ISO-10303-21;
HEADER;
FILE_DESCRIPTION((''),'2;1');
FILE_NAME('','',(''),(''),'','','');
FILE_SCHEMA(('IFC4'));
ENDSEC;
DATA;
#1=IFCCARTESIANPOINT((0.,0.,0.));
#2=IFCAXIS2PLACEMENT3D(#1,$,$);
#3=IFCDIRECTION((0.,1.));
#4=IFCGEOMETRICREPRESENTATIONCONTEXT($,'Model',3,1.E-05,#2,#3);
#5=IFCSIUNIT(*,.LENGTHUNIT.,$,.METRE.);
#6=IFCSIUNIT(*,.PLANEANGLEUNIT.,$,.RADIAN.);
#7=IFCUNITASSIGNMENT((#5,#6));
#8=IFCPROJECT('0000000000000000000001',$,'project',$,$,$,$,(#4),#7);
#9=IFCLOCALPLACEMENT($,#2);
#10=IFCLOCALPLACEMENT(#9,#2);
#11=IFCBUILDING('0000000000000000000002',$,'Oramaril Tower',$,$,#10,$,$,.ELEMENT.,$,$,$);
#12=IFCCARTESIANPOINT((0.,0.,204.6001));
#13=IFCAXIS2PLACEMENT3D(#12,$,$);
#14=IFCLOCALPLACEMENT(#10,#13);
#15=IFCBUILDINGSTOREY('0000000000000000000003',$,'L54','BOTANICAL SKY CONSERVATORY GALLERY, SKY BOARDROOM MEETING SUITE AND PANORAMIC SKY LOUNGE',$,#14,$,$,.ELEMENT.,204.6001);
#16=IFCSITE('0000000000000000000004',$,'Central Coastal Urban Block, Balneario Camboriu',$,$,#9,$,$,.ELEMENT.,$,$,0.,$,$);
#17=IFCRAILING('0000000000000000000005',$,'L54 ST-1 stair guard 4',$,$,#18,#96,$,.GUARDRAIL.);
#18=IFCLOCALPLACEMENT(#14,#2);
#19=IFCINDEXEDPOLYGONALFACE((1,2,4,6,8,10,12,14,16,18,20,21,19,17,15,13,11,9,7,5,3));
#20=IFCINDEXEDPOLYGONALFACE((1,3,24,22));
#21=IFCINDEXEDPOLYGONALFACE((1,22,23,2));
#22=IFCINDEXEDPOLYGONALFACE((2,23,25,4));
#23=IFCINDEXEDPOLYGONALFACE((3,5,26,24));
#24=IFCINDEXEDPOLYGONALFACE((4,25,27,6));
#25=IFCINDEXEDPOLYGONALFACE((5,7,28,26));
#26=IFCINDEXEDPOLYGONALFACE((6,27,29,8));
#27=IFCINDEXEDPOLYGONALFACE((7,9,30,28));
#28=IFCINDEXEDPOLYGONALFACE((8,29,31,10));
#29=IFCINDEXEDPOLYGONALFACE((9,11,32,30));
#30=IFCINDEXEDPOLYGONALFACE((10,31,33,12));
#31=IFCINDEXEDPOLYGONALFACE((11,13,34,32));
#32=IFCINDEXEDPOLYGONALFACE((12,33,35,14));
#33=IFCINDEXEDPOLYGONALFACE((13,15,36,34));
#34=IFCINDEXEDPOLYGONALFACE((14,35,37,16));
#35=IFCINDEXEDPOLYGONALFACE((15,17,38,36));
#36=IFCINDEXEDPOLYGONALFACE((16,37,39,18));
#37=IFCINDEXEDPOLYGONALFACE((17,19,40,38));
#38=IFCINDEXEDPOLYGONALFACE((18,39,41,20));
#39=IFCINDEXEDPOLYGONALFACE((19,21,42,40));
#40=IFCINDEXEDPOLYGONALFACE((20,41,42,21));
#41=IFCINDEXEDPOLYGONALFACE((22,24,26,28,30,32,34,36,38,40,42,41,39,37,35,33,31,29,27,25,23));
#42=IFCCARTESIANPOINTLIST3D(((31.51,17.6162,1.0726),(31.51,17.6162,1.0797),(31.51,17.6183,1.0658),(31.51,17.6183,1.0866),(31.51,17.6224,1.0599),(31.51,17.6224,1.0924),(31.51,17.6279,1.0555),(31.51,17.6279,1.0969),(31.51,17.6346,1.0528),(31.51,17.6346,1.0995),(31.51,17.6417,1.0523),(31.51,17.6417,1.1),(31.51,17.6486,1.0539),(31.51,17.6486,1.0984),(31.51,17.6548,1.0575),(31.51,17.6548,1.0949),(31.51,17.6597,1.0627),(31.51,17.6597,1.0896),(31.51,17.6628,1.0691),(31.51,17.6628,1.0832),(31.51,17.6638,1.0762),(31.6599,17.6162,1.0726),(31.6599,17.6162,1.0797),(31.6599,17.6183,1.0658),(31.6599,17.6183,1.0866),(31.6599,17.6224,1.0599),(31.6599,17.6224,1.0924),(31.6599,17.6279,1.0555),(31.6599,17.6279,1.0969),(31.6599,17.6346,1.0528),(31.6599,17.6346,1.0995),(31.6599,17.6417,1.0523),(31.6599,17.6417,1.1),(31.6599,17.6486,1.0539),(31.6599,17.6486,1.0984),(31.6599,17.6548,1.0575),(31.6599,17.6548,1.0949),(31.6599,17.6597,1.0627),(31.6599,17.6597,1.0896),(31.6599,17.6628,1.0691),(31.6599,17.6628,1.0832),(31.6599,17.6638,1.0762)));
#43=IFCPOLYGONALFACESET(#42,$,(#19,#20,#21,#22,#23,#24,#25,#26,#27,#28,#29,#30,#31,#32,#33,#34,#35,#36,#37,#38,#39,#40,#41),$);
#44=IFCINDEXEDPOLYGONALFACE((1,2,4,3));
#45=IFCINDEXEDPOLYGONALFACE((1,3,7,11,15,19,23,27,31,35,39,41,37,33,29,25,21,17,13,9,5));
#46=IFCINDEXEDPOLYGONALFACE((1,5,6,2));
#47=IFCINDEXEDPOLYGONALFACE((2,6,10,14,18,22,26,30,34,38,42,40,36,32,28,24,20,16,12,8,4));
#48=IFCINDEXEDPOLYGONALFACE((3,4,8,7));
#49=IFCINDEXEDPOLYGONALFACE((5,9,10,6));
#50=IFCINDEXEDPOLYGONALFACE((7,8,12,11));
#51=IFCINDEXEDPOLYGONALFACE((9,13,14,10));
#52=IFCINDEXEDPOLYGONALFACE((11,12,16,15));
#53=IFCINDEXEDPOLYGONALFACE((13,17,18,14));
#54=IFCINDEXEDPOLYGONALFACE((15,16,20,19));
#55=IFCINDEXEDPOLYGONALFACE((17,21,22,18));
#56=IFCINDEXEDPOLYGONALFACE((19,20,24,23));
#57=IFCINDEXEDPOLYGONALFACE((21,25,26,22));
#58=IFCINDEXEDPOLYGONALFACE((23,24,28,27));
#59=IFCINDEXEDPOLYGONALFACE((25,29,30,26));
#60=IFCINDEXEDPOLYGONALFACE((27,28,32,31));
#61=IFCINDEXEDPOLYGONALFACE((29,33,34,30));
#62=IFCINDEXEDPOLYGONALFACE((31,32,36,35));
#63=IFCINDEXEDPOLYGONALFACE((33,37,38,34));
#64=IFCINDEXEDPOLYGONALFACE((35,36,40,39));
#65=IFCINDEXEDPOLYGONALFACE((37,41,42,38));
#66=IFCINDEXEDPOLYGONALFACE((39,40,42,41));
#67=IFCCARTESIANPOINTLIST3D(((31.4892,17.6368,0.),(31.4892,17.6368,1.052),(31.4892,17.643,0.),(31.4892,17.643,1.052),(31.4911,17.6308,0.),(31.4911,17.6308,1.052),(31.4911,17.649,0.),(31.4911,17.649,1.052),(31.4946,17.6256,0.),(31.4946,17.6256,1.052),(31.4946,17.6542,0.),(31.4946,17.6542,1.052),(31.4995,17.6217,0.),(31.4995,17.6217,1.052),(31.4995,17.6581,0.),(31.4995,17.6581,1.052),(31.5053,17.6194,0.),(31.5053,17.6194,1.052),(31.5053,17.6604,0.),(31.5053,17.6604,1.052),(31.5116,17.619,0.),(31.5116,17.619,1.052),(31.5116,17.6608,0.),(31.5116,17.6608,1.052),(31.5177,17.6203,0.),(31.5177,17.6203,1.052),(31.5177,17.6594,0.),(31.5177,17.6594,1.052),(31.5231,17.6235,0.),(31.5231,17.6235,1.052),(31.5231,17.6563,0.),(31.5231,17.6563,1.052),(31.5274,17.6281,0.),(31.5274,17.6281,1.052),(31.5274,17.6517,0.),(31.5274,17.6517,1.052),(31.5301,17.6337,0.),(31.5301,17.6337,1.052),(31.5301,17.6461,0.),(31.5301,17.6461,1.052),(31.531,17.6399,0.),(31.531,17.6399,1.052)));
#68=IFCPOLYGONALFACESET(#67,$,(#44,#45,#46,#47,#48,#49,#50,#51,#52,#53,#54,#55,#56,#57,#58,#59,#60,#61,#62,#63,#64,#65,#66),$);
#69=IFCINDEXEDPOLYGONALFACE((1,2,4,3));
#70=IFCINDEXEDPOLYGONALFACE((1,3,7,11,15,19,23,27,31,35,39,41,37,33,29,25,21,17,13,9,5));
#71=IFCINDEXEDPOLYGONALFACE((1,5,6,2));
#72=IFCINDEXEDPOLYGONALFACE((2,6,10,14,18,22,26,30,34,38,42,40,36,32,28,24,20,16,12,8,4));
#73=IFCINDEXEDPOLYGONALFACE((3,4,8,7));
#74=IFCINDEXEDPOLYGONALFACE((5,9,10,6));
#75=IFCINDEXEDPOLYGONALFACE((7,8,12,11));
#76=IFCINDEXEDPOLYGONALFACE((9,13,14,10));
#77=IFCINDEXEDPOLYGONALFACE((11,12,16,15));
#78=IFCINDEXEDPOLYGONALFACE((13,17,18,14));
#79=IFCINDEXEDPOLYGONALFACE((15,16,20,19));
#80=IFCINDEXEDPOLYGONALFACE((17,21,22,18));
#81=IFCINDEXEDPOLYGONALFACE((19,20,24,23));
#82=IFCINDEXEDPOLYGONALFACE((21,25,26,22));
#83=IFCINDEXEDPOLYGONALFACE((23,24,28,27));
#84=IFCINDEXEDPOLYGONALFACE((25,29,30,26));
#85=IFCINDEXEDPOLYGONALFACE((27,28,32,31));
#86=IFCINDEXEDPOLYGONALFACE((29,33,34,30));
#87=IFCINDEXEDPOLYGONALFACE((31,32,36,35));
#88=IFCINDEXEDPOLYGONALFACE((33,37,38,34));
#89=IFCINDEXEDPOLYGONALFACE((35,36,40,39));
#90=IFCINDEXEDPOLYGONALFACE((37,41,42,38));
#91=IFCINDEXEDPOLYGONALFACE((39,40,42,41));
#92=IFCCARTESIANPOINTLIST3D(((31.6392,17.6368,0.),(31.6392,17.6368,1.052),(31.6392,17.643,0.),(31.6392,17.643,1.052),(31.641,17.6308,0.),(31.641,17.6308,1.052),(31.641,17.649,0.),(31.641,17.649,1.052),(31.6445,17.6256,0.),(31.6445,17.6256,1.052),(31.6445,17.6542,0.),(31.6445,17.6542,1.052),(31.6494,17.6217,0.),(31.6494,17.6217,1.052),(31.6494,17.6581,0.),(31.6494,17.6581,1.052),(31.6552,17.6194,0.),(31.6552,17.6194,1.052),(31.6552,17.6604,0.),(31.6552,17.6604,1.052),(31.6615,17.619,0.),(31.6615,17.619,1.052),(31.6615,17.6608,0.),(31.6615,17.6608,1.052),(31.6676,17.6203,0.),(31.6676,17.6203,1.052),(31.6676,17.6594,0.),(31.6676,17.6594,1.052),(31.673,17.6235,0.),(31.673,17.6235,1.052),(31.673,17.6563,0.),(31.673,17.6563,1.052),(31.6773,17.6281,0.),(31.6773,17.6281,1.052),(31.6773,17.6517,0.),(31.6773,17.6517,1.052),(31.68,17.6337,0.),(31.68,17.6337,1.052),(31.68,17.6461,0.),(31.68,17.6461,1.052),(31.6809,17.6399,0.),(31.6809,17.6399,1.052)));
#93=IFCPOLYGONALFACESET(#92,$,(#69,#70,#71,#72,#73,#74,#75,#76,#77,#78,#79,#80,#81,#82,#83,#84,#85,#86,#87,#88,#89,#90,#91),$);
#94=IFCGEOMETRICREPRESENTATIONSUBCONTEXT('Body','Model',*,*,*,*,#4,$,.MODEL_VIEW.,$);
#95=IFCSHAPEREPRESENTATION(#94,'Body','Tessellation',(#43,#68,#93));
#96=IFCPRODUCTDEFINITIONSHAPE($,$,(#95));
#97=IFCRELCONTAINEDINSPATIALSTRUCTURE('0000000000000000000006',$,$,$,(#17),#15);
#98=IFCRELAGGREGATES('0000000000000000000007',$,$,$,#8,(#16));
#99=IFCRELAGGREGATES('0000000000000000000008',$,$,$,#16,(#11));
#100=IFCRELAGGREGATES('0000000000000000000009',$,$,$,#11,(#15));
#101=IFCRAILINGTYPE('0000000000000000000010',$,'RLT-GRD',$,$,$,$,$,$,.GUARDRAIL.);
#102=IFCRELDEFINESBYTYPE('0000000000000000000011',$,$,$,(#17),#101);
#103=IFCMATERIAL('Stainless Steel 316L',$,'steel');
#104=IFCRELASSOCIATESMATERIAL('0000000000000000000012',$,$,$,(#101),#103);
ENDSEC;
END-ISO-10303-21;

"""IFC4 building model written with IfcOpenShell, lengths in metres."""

from ifc_helpers import new_model, si_unit, direction, frame, origin, origin_2d, place, context, subcontext, project, spatial, circle, extrude, material, type_object, element, save


model = new_model("IFC4")

# Units and contexts
model_context = context("Model", 3, precision=1e-05, world=origin(), true_north=direction((0.0, 1.0)))
body_context = subcontext(model_context, "Body", "Model", "MODEL_VIEW")
ifc_project = project(units=[si_unit("LENGTHUNIT", "METRE"), si_unit("PLANEANGLEUNIT", "RADIAN")], contexts=[model_context])

# Site, building, storey
site_placement = place(None, origin())
site = spatial("IfcSite", under=ifc_project, at=site_placement, Name="Central Coastal Urban Block, Balneario Camboriu", CompositionType="ELEMENT", RefElevation=0.0)
building_placement = place(site_placement, origin())
building = spatial("IfcBuilding", under=site, at=building_placement, Name="Oramaril Tower", CompositionType="ELEMENT")
storey_placement = place(building_placement, frame((0.0, 0.0, 204.6001)))
storey = spatial("IfcBuildingStorey", under=building, at=storey_placement, Name="L54", Description="BOTANICAL SKY CONSERVATORY GALLERY, SKY BOARDROOM MEETING SUITE AND PANORAMIC SKY LOUNGE", CompositionType="ELEMENT", Elevation=204.6001)

# Railing
ifc_material_1 = material(Name="Stainless Steel 316L", Category="steel")
railing_type_1 = type_object("IfcRailingType", Name="RLT-GRD", PredefinedType="GUARDRAIL", material=ifc_material_1)
railing_1_placement = place(storey_placement, frame((31.51, 17.6399, 0.0)))
element("IfcRailing", 1, at=railing_1_placement, inside=storey, type_object=railing_type_1, Name="L54 ST-1 stair guard 4", PredefinedType="GUARDRAIL", context=body_context, shape_type="SweptSolid", body=[
    extrude(circle(Radius=0.0239, at=origin_2d()), frame((0.0, 0.0, 1.0762), z_axis=(1.0, 0.0, 0.0), x_axis=(0.0, 1.0, 0.0)), (0.0, 0.0, 1.0), 0.1499),
    extrude(circle(Radius=0.021, at=origin_2d()), origin(), (0.0, 0.0, 1.0), 1.052),
    extrude(circle(Radius=0.021, at=origin_2d()), frame((0.1499, 0.0, 0.0)), (0.0, 0.0, 1.0), 1.052),
])

save(model, "model.ifc")
